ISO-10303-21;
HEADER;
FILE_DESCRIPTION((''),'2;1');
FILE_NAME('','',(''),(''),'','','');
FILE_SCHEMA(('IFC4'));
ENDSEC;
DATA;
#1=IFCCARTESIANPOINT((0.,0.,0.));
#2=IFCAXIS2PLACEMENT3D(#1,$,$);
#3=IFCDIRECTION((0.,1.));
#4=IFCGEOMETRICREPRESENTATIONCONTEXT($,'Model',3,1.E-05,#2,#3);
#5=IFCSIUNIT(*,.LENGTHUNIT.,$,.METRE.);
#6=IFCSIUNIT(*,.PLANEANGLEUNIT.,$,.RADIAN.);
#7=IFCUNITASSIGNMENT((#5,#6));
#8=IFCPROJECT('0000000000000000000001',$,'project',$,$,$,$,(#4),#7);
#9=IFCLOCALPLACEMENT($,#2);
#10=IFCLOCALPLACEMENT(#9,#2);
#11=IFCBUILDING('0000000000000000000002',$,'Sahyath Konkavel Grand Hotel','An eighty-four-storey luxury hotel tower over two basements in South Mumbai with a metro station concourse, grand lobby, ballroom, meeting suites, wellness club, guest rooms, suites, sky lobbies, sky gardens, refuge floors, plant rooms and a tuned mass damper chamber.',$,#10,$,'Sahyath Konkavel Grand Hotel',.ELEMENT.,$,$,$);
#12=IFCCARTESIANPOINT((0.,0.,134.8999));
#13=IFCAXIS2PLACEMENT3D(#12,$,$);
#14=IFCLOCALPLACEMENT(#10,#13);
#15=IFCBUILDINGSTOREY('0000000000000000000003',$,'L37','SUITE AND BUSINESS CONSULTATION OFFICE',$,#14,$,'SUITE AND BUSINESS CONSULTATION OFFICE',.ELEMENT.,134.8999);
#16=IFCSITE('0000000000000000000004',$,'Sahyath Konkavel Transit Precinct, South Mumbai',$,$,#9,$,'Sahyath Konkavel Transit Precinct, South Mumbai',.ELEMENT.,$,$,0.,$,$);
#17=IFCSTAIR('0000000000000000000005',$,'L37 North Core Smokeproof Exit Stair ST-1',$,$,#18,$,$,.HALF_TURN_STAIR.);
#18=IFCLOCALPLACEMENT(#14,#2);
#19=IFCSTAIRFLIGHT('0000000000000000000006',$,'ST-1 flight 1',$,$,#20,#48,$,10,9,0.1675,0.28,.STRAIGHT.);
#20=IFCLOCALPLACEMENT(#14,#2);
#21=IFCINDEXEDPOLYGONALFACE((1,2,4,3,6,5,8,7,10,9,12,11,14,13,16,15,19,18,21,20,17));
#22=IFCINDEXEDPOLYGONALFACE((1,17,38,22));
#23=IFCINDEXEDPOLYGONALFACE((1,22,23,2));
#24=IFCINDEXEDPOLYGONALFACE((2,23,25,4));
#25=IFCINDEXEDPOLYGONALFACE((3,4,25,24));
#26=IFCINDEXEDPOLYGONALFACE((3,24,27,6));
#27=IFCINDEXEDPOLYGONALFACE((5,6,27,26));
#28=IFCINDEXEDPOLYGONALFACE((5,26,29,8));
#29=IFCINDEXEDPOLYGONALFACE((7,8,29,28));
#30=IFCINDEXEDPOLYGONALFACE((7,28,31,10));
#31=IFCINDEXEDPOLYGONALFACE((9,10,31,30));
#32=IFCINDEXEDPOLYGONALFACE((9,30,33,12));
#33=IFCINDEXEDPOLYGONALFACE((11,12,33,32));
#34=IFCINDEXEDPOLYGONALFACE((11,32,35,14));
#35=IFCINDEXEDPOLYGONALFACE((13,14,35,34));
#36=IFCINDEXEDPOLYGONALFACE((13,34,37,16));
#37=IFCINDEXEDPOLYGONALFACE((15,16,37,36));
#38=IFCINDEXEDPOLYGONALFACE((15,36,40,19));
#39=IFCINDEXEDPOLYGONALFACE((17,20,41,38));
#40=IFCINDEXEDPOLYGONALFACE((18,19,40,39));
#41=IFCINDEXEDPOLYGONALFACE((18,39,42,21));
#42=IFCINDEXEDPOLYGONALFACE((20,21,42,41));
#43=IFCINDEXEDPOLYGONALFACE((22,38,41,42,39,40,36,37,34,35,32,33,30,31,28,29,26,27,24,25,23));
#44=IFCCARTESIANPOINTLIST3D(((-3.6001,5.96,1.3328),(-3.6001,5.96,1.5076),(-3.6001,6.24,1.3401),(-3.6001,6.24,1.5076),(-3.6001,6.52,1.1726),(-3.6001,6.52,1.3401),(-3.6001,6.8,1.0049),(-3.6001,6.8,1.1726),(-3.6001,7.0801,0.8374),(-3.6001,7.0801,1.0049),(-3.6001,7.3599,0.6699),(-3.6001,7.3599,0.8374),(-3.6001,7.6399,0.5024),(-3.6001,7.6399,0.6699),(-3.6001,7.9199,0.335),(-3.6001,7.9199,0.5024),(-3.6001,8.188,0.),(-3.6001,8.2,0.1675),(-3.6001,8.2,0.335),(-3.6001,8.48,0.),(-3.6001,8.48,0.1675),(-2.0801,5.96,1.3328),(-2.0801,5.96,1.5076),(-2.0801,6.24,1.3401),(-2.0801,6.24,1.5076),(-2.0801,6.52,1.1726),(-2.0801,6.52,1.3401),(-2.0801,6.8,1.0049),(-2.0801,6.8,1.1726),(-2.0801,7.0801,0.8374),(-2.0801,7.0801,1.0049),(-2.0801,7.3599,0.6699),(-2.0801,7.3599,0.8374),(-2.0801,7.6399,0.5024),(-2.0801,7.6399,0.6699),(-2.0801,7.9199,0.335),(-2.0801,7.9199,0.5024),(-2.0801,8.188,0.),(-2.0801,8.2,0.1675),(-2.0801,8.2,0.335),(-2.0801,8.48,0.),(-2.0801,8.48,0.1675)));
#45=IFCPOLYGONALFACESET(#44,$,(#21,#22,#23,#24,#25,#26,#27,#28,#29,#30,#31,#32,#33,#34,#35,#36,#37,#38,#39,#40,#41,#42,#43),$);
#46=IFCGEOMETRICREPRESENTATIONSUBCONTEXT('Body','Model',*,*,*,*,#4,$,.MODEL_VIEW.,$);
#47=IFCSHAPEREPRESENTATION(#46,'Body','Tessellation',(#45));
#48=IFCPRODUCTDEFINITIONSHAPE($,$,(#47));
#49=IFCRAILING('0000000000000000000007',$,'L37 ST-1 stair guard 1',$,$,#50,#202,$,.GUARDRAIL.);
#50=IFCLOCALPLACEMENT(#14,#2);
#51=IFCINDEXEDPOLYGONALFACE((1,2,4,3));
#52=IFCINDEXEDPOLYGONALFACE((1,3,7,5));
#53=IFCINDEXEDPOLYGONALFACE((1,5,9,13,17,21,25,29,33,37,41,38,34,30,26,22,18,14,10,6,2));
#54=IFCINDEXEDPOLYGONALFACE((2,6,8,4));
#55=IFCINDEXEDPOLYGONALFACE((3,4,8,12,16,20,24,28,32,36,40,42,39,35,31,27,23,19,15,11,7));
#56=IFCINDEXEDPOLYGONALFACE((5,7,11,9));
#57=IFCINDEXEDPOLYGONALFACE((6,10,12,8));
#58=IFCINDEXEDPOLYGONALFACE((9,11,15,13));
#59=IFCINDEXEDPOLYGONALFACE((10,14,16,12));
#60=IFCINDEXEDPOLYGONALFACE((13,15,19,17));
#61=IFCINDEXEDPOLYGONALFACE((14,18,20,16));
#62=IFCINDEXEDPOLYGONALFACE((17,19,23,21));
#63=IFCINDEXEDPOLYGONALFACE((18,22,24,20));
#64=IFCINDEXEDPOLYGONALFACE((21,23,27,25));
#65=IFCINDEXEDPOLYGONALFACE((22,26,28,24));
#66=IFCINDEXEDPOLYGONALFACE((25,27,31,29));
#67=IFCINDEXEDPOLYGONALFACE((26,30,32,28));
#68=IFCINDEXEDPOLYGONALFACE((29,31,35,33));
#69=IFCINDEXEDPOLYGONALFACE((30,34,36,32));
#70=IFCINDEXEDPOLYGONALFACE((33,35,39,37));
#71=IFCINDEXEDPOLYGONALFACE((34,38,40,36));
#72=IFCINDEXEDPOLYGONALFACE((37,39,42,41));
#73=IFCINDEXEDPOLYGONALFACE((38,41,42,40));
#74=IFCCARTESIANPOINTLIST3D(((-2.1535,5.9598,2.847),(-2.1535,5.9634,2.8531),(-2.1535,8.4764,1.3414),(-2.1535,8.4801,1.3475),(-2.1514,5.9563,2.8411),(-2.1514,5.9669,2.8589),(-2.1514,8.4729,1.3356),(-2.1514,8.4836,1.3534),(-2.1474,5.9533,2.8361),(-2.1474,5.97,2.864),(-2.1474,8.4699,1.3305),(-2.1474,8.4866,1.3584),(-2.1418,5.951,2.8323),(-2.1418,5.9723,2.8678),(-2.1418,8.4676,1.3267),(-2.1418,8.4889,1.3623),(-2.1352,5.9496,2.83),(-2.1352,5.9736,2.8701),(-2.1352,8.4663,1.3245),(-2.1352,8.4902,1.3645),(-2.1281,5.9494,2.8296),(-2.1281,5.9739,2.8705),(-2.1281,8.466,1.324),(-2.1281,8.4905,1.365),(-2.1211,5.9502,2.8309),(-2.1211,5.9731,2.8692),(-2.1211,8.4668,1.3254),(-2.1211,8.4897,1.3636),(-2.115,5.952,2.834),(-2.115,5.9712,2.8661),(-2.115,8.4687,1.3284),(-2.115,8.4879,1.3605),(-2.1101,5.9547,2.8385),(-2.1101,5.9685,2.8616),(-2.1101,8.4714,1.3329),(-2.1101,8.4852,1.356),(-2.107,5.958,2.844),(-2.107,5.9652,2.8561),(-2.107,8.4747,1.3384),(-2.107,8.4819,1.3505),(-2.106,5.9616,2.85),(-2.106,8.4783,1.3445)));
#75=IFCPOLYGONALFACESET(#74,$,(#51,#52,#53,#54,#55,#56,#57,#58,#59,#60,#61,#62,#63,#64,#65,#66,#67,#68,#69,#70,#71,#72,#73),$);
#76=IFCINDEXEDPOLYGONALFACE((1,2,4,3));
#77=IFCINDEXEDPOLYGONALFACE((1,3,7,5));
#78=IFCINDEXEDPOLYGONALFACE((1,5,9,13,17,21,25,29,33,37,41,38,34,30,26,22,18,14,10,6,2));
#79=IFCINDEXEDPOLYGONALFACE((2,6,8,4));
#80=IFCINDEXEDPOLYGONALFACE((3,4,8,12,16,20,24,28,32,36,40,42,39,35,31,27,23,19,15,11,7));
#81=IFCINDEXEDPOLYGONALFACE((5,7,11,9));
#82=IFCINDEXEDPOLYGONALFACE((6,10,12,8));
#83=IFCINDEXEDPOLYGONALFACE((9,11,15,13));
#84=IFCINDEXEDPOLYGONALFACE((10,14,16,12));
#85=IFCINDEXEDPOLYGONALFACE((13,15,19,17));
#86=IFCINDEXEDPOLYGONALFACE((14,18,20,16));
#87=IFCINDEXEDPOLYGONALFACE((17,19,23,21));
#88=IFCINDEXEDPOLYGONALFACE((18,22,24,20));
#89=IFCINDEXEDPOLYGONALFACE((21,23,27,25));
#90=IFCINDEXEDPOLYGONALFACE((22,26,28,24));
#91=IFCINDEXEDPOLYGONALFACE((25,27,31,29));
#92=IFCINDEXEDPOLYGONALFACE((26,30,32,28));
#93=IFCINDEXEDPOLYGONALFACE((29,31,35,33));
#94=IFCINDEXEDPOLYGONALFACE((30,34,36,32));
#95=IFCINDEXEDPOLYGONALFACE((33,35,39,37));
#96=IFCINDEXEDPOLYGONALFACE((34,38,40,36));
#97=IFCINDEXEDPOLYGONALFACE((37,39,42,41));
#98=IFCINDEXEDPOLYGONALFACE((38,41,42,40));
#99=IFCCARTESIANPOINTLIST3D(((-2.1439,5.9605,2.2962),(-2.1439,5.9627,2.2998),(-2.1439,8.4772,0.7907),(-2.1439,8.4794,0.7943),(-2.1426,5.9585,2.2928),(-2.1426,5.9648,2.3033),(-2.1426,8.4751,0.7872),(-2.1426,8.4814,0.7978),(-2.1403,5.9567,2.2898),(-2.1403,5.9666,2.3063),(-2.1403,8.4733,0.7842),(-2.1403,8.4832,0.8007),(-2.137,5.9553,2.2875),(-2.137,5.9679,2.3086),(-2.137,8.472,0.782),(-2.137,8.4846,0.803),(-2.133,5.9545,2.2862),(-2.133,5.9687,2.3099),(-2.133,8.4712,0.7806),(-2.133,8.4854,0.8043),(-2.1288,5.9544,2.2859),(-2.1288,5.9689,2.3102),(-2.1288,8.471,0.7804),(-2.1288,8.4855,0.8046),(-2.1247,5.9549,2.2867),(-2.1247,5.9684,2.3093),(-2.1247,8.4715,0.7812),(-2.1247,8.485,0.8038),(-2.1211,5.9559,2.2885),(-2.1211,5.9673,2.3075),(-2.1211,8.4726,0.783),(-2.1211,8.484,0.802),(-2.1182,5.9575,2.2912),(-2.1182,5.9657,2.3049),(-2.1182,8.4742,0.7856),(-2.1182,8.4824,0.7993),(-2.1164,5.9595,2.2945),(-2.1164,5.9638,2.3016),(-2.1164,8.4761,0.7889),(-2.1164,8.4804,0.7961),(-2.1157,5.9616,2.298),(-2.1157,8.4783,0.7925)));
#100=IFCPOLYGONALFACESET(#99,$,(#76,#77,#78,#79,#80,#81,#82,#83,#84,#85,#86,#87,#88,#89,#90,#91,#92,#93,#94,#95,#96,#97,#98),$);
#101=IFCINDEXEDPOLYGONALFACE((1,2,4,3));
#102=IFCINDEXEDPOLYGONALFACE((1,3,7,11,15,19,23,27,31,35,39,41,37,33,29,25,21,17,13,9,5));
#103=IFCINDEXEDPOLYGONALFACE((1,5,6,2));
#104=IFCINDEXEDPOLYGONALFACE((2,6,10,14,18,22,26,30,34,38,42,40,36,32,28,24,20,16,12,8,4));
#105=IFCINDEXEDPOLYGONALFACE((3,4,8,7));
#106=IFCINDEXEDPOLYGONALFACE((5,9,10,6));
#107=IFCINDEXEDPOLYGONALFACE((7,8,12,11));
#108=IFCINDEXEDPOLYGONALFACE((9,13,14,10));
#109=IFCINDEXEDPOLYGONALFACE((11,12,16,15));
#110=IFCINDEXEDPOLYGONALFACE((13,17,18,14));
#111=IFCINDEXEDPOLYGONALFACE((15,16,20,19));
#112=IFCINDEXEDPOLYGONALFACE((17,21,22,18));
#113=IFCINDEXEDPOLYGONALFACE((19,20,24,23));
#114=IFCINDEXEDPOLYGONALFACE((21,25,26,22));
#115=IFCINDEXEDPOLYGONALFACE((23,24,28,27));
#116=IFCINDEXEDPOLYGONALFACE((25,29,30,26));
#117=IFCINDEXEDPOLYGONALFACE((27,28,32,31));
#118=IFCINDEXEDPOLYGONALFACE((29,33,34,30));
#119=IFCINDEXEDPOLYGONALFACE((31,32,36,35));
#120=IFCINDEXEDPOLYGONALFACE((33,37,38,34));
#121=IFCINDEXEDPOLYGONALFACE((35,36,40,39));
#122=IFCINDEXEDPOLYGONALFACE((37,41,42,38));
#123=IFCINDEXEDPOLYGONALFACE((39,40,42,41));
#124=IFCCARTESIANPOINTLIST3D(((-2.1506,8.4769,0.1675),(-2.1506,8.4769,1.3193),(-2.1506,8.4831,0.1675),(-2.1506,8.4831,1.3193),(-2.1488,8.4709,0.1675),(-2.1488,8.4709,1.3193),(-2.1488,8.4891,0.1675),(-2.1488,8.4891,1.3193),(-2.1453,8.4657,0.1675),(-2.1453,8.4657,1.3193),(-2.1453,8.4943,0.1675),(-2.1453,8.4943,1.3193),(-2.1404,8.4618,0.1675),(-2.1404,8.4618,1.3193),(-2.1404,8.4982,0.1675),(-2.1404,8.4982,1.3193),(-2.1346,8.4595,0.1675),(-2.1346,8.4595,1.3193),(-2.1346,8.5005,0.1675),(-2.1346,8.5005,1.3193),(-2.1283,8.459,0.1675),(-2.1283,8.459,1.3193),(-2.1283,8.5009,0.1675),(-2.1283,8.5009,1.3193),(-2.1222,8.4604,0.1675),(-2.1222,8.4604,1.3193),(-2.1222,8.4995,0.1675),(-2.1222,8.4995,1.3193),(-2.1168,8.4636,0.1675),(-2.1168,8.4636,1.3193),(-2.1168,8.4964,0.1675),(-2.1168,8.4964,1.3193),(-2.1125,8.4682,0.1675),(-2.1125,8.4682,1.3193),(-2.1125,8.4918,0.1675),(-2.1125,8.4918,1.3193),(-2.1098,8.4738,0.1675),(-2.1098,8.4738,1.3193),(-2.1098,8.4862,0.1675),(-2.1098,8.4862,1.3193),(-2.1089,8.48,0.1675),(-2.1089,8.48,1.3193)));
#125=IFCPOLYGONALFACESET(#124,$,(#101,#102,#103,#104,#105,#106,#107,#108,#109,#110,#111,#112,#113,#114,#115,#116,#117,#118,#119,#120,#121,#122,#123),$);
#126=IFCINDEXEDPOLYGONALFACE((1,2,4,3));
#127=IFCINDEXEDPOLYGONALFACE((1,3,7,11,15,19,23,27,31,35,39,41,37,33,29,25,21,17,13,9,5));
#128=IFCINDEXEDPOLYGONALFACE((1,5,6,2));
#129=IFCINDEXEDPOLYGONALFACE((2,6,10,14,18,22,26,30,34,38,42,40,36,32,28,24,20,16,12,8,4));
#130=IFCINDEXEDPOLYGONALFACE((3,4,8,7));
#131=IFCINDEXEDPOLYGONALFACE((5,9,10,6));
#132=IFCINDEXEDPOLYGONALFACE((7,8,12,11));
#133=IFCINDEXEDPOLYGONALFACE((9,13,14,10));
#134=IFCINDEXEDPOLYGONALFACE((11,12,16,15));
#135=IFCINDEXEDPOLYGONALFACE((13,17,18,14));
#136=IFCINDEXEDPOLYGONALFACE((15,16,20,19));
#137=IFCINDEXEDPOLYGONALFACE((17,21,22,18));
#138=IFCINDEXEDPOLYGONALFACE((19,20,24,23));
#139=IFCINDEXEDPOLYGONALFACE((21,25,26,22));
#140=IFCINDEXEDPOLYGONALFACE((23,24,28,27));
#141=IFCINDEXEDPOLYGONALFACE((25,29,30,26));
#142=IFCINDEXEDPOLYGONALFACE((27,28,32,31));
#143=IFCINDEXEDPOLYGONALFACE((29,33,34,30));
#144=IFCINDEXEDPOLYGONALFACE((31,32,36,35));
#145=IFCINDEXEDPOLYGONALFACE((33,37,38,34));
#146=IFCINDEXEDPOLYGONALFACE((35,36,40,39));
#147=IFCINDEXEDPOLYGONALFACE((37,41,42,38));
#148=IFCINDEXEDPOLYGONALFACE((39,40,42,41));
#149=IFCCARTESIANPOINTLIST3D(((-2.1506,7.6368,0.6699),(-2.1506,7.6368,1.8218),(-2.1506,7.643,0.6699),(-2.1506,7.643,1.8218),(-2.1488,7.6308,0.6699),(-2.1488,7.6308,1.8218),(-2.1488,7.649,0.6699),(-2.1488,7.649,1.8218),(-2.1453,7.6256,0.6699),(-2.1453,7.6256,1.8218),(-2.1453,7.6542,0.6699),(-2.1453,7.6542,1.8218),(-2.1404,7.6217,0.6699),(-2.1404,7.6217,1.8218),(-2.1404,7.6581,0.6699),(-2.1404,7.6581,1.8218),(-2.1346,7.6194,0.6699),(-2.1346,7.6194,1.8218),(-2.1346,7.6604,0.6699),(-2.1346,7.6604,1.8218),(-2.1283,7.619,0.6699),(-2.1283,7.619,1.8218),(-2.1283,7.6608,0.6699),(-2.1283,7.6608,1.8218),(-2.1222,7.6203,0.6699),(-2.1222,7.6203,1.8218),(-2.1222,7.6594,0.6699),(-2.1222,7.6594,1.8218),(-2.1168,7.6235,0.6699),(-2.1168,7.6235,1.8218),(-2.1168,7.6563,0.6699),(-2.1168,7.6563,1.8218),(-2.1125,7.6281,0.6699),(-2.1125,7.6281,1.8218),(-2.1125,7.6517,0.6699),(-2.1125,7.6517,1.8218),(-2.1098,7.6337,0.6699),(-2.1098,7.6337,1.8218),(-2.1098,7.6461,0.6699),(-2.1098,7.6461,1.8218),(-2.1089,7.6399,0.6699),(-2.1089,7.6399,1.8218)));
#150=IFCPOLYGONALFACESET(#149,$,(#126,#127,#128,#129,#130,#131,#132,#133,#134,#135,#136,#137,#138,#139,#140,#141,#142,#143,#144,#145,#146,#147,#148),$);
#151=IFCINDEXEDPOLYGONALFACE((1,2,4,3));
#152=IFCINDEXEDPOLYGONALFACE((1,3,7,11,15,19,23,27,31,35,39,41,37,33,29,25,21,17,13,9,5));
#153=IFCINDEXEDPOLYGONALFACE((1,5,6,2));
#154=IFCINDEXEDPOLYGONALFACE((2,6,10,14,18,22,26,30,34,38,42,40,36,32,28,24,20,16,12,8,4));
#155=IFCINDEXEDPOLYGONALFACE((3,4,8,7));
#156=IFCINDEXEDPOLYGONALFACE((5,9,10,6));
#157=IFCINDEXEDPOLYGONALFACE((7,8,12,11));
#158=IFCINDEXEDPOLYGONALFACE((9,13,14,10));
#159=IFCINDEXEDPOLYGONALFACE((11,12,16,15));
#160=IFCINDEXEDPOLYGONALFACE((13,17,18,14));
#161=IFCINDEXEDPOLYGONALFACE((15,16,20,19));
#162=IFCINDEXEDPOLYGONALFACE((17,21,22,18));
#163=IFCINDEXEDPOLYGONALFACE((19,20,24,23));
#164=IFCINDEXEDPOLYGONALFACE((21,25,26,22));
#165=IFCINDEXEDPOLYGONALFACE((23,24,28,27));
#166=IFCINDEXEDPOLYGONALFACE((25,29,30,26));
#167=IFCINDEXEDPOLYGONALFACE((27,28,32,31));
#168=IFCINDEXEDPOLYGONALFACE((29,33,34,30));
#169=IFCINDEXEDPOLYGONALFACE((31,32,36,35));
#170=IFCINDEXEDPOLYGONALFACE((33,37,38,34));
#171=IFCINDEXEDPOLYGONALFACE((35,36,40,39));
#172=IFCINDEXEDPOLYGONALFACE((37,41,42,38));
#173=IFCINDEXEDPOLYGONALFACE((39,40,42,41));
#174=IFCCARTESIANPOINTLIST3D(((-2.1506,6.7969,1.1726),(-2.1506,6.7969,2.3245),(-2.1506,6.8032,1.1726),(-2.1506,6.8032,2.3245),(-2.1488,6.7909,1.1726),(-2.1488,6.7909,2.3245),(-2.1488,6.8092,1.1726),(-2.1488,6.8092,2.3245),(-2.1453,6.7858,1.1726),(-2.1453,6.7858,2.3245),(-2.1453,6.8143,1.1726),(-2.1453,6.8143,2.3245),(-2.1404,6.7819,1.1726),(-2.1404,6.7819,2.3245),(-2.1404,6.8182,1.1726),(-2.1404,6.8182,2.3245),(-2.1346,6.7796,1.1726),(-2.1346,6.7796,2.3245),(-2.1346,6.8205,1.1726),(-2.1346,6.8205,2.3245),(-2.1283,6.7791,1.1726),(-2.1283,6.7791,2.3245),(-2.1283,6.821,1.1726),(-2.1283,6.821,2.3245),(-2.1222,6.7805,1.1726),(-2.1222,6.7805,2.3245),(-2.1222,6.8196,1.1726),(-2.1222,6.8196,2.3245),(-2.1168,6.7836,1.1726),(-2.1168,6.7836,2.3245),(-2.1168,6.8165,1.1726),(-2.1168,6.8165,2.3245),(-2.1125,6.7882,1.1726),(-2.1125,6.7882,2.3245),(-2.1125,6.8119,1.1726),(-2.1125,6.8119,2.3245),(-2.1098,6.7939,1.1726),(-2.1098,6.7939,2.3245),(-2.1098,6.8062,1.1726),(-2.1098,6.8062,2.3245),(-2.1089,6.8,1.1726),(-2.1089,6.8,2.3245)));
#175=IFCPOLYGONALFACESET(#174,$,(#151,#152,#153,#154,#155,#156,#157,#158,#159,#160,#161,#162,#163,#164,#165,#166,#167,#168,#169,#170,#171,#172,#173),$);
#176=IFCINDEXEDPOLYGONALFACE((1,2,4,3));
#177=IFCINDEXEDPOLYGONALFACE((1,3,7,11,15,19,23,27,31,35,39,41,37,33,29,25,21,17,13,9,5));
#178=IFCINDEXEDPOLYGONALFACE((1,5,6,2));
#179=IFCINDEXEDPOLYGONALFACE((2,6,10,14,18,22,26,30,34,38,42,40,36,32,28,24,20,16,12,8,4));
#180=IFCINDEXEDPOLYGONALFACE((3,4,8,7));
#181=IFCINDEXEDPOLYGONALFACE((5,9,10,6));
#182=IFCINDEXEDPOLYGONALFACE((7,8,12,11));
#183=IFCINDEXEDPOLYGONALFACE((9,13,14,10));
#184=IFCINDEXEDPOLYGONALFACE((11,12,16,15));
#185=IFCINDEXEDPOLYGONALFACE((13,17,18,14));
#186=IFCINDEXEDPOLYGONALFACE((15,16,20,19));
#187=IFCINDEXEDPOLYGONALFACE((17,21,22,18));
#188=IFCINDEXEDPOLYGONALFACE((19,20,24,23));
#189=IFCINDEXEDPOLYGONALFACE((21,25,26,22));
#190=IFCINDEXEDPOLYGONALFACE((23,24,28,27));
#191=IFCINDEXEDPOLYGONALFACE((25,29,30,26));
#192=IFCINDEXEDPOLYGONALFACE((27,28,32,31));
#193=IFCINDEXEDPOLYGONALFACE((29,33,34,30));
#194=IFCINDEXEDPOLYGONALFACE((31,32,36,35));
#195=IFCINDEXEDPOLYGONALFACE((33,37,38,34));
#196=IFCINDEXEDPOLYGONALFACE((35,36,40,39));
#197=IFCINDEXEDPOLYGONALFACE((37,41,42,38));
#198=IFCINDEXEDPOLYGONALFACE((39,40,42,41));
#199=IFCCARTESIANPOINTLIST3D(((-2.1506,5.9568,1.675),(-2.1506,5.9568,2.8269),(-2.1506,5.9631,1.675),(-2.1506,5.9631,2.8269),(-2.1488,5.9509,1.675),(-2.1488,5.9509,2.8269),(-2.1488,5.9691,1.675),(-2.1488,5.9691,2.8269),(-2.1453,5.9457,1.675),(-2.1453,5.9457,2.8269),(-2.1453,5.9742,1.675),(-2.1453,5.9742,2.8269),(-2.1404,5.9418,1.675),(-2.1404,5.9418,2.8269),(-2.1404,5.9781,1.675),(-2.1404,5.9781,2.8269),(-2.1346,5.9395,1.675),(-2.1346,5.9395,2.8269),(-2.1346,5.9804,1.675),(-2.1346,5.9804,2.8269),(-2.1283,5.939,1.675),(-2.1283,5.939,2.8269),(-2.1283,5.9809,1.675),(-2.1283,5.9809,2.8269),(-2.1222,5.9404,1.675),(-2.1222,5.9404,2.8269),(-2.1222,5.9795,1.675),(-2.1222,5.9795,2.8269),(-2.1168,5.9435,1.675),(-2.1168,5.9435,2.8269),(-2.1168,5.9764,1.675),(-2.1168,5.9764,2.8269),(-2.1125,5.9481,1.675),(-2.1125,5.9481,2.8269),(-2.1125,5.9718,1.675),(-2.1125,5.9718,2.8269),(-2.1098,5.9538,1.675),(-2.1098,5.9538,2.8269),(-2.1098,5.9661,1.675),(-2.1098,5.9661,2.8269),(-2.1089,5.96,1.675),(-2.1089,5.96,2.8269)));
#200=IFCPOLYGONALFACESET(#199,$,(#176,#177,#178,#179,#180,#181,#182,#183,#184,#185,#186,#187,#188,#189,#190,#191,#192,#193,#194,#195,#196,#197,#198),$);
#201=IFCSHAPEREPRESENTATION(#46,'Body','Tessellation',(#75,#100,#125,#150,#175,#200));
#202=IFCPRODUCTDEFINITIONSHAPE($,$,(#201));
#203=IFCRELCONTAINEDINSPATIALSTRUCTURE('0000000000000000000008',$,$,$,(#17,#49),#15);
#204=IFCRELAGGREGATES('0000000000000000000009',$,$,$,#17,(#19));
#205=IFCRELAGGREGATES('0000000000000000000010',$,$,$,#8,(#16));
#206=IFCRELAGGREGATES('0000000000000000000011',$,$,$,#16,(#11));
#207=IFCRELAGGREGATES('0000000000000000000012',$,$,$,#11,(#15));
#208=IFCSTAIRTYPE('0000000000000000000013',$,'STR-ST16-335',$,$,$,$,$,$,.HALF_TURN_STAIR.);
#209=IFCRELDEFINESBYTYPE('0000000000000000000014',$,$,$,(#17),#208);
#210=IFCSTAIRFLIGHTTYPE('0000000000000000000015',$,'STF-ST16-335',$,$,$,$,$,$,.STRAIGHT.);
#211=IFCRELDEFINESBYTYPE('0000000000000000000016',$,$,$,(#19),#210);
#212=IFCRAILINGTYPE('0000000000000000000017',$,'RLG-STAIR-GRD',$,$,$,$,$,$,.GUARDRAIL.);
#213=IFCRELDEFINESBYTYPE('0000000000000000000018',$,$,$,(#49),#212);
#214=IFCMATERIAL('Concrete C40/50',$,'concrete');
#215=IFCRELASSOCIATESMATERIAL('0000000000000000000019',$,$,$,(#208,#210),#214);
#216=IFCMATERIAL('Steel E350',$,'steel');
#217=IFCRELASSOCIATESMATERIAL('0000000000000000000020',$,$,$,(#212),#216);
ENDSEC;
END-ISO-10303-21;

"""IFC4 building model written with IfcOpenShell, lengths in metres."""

from ifc_helpers import new_model, si_unit, direction, frame, origin, origin_2d, place, context, subcontext, project, spatial, polyline, circle, outline, extrude, material, type_object, element, aggregate, save


model = new_model("IFC4")

# Units and contexts
model_context = context("Model", 3, precision=1e-05, world=origin(), true_north=direction((0.0, 1.0)))
body_context = subcontext(model_context, "Body", "Model", "MODEL_VIEW")
ifc_project = project(units=[si_unit("LENGTHUNIT", "METRE"), si_unit("PLANEANGLEUNIT", "RADIAN")], contexts=[model_context])

# Site, building, storey
site_placement = place(None, origin())
site = spatial("IfcSite", under=ifc_project, at=site_placement, Name="Sahyath Konkavel Transit Precinct, South Mumbai", LongName="Sahyath Konkavel Transit Precinct, South Mumbai", CompositionType="ELEMENT", RefElevation=0.0)
building_placement = place(site_placement, origin())
building = spatial("IfcBuilding", under=site, at=building_placement, Name="Sahyath Konkavel Grand Hotel", Description="An eighty-four-storey luxury hotel tower over two basements in South Mumbai with a metro station concourse, grand lobby, ballroom, meeting suites, wellness club, guest rooms, suites, sky lobbies, sky gardens, refuge floors, plant rooms and a tuned mass damper chamber.", LongName="Sahyath Konkavel Grand Hotel", CompositionType="ELEMENT")
storey_placement = place(building_placement, frame((0.0, 0.0, 134.8999)))
storey = spatial("IfcBuildingStorey", under=building, at=storey_placement, Name="L37", Description="SUITE AND BUSINESS CONSULTATION OFFICE", LongName="SUITE AND BUSINESS CONSULTATION OFFICE", CompositionType="ELEMENT", Elevation=134.8999)

# Shared definitions
ifc_material_1 = material(Name="Steel E350", Category="steel")

# Stair, stair flight
ifc_material_2 = material(Name="Concrete C40/50", Category="concrete")
stair_type = type_object("IfcStairType", Name="STR-ST16-335", PredefinedType="HALF_TURN_STAIR", material=ifc_material_2)
stair_placement = place(storey_placement, origin())
stair = element("IfcStair", 1, at=stair_placement, inside=storey, type_object=stair_type, Name="L37 North Core Smokeproof Exit Stair ST-1", PredefinedType="HALF_TURN_STAIR")
stair_flight_type = type_object("IfcStairFlightType", Name="STF-ST16-335", PredefinedType="STRAIGHT", material=ifc_material_2)
stair_flight_placement = place(storey_placement, frame((-2.8401, 8.48, 0.0), z_axis=(0.0, 0.0, 1.0), x_axis=(0.0, -1.0, 0.0)))
stair_flight = element("IfcStairFlight", 2, at=stair_flight_placement, type_object=stair_flight_type, Name="ST-1 flight 1", NumberOfRisers=10, NumberOfTreads=9, PredefinedType="STRAIGHT", RiserHeight=0.1675, TreadLength=0.28, context=body_context, shape_type="SweptSolid", body=[
    extrude(outline(polyline([(0.0, 0.0), (0.0, 0.1675), (0.28, 0.1675), (0.28, 0.335), (0.5601, 0.335), (0.5601, 0.5024), (0.8401, 0.5024), (0.8401, 0.6699), (1.1201, 0.6699), (1.1201, 0.8374), (1.3999, 0.8374), (1.3999, 1.0049), (1.6799, 1.0049), (1.6799, 1.1726), (1.96, 1.1726), (1.96, 1.3401), (2.24, 1.3401), (2.24, 1.5076), (2.52, 1.5076), (2.52, 1.675), (2.52, 1.3328), (0.292, 0.0), (0.0, 0.0)])), frame((0.0, 0.76, 0.0), z_axis=(0.0, -1.0, 0.0), x_axis=(1.0, 0.0, 0.0)), (0.0, 0.0, 1.0), 1.52),
])
aggregate(stair, [stair_flight])

# Railing
railing_type_1 = type_object("IfcRailingType", Name="RLG-STAIR-GRD", PredefinedType="GUARDRAIL", material=ifc_material_1)
railing_1_placement = place(storey_placement, frame((-2.1299, 8.48, 0.1675)))
element("IfcRailing", 3, at=railing_1_placement, inside=storey, type_object=railing_type_1, Name="L37 ST-1 stair guard 1", PredefinedType="GUARDRAIL", context=body_context, shape_type="SweptSolid", body=[
    extrude(circle(Radius=0.0239, at=origin_2d()), frame((0.0, -0.0017, 1.177), z_axis=(0.0, -0.85816, 0.513383), x_axis=(1.0, 0.0, 0.0)), (0.0, 0.0, 1.0), 2.9326),
    extrude(circle(Radius=0.0142, at=origin_2d()), frame((0.0, -0.0017, 0.625), z_axis=(0.0, -0.85816, 0.513383), x_axis=(1.0, 0.0, 0.0)), (0.0, 0.0, 1.0), 2.9326),
    extrude(circle(Radius=0.021, at=origin_2d()), origin(), (0.0, 0.0, 1.0), 1.1519),
    extrude(circle(Radius=0.021, at=origin_2d()), frame((0.0, -0.8401, 0.5024)), (0.0, 0.0, 1.0), 1.1519),
    extrude(circle(Radius=0.021, at=origin_2d()), frame((0.0, -1.6799, 1.0051)), (0.0, 0.0, 1.0), 1.1519),
    extrude(circle(Radius=0.021, at=origin_2d()), frame((0.0, -2.52, 1.5076)), (0.0, 0.0, 1.0), 1.1519),
])

save(model, "model.ifc")
